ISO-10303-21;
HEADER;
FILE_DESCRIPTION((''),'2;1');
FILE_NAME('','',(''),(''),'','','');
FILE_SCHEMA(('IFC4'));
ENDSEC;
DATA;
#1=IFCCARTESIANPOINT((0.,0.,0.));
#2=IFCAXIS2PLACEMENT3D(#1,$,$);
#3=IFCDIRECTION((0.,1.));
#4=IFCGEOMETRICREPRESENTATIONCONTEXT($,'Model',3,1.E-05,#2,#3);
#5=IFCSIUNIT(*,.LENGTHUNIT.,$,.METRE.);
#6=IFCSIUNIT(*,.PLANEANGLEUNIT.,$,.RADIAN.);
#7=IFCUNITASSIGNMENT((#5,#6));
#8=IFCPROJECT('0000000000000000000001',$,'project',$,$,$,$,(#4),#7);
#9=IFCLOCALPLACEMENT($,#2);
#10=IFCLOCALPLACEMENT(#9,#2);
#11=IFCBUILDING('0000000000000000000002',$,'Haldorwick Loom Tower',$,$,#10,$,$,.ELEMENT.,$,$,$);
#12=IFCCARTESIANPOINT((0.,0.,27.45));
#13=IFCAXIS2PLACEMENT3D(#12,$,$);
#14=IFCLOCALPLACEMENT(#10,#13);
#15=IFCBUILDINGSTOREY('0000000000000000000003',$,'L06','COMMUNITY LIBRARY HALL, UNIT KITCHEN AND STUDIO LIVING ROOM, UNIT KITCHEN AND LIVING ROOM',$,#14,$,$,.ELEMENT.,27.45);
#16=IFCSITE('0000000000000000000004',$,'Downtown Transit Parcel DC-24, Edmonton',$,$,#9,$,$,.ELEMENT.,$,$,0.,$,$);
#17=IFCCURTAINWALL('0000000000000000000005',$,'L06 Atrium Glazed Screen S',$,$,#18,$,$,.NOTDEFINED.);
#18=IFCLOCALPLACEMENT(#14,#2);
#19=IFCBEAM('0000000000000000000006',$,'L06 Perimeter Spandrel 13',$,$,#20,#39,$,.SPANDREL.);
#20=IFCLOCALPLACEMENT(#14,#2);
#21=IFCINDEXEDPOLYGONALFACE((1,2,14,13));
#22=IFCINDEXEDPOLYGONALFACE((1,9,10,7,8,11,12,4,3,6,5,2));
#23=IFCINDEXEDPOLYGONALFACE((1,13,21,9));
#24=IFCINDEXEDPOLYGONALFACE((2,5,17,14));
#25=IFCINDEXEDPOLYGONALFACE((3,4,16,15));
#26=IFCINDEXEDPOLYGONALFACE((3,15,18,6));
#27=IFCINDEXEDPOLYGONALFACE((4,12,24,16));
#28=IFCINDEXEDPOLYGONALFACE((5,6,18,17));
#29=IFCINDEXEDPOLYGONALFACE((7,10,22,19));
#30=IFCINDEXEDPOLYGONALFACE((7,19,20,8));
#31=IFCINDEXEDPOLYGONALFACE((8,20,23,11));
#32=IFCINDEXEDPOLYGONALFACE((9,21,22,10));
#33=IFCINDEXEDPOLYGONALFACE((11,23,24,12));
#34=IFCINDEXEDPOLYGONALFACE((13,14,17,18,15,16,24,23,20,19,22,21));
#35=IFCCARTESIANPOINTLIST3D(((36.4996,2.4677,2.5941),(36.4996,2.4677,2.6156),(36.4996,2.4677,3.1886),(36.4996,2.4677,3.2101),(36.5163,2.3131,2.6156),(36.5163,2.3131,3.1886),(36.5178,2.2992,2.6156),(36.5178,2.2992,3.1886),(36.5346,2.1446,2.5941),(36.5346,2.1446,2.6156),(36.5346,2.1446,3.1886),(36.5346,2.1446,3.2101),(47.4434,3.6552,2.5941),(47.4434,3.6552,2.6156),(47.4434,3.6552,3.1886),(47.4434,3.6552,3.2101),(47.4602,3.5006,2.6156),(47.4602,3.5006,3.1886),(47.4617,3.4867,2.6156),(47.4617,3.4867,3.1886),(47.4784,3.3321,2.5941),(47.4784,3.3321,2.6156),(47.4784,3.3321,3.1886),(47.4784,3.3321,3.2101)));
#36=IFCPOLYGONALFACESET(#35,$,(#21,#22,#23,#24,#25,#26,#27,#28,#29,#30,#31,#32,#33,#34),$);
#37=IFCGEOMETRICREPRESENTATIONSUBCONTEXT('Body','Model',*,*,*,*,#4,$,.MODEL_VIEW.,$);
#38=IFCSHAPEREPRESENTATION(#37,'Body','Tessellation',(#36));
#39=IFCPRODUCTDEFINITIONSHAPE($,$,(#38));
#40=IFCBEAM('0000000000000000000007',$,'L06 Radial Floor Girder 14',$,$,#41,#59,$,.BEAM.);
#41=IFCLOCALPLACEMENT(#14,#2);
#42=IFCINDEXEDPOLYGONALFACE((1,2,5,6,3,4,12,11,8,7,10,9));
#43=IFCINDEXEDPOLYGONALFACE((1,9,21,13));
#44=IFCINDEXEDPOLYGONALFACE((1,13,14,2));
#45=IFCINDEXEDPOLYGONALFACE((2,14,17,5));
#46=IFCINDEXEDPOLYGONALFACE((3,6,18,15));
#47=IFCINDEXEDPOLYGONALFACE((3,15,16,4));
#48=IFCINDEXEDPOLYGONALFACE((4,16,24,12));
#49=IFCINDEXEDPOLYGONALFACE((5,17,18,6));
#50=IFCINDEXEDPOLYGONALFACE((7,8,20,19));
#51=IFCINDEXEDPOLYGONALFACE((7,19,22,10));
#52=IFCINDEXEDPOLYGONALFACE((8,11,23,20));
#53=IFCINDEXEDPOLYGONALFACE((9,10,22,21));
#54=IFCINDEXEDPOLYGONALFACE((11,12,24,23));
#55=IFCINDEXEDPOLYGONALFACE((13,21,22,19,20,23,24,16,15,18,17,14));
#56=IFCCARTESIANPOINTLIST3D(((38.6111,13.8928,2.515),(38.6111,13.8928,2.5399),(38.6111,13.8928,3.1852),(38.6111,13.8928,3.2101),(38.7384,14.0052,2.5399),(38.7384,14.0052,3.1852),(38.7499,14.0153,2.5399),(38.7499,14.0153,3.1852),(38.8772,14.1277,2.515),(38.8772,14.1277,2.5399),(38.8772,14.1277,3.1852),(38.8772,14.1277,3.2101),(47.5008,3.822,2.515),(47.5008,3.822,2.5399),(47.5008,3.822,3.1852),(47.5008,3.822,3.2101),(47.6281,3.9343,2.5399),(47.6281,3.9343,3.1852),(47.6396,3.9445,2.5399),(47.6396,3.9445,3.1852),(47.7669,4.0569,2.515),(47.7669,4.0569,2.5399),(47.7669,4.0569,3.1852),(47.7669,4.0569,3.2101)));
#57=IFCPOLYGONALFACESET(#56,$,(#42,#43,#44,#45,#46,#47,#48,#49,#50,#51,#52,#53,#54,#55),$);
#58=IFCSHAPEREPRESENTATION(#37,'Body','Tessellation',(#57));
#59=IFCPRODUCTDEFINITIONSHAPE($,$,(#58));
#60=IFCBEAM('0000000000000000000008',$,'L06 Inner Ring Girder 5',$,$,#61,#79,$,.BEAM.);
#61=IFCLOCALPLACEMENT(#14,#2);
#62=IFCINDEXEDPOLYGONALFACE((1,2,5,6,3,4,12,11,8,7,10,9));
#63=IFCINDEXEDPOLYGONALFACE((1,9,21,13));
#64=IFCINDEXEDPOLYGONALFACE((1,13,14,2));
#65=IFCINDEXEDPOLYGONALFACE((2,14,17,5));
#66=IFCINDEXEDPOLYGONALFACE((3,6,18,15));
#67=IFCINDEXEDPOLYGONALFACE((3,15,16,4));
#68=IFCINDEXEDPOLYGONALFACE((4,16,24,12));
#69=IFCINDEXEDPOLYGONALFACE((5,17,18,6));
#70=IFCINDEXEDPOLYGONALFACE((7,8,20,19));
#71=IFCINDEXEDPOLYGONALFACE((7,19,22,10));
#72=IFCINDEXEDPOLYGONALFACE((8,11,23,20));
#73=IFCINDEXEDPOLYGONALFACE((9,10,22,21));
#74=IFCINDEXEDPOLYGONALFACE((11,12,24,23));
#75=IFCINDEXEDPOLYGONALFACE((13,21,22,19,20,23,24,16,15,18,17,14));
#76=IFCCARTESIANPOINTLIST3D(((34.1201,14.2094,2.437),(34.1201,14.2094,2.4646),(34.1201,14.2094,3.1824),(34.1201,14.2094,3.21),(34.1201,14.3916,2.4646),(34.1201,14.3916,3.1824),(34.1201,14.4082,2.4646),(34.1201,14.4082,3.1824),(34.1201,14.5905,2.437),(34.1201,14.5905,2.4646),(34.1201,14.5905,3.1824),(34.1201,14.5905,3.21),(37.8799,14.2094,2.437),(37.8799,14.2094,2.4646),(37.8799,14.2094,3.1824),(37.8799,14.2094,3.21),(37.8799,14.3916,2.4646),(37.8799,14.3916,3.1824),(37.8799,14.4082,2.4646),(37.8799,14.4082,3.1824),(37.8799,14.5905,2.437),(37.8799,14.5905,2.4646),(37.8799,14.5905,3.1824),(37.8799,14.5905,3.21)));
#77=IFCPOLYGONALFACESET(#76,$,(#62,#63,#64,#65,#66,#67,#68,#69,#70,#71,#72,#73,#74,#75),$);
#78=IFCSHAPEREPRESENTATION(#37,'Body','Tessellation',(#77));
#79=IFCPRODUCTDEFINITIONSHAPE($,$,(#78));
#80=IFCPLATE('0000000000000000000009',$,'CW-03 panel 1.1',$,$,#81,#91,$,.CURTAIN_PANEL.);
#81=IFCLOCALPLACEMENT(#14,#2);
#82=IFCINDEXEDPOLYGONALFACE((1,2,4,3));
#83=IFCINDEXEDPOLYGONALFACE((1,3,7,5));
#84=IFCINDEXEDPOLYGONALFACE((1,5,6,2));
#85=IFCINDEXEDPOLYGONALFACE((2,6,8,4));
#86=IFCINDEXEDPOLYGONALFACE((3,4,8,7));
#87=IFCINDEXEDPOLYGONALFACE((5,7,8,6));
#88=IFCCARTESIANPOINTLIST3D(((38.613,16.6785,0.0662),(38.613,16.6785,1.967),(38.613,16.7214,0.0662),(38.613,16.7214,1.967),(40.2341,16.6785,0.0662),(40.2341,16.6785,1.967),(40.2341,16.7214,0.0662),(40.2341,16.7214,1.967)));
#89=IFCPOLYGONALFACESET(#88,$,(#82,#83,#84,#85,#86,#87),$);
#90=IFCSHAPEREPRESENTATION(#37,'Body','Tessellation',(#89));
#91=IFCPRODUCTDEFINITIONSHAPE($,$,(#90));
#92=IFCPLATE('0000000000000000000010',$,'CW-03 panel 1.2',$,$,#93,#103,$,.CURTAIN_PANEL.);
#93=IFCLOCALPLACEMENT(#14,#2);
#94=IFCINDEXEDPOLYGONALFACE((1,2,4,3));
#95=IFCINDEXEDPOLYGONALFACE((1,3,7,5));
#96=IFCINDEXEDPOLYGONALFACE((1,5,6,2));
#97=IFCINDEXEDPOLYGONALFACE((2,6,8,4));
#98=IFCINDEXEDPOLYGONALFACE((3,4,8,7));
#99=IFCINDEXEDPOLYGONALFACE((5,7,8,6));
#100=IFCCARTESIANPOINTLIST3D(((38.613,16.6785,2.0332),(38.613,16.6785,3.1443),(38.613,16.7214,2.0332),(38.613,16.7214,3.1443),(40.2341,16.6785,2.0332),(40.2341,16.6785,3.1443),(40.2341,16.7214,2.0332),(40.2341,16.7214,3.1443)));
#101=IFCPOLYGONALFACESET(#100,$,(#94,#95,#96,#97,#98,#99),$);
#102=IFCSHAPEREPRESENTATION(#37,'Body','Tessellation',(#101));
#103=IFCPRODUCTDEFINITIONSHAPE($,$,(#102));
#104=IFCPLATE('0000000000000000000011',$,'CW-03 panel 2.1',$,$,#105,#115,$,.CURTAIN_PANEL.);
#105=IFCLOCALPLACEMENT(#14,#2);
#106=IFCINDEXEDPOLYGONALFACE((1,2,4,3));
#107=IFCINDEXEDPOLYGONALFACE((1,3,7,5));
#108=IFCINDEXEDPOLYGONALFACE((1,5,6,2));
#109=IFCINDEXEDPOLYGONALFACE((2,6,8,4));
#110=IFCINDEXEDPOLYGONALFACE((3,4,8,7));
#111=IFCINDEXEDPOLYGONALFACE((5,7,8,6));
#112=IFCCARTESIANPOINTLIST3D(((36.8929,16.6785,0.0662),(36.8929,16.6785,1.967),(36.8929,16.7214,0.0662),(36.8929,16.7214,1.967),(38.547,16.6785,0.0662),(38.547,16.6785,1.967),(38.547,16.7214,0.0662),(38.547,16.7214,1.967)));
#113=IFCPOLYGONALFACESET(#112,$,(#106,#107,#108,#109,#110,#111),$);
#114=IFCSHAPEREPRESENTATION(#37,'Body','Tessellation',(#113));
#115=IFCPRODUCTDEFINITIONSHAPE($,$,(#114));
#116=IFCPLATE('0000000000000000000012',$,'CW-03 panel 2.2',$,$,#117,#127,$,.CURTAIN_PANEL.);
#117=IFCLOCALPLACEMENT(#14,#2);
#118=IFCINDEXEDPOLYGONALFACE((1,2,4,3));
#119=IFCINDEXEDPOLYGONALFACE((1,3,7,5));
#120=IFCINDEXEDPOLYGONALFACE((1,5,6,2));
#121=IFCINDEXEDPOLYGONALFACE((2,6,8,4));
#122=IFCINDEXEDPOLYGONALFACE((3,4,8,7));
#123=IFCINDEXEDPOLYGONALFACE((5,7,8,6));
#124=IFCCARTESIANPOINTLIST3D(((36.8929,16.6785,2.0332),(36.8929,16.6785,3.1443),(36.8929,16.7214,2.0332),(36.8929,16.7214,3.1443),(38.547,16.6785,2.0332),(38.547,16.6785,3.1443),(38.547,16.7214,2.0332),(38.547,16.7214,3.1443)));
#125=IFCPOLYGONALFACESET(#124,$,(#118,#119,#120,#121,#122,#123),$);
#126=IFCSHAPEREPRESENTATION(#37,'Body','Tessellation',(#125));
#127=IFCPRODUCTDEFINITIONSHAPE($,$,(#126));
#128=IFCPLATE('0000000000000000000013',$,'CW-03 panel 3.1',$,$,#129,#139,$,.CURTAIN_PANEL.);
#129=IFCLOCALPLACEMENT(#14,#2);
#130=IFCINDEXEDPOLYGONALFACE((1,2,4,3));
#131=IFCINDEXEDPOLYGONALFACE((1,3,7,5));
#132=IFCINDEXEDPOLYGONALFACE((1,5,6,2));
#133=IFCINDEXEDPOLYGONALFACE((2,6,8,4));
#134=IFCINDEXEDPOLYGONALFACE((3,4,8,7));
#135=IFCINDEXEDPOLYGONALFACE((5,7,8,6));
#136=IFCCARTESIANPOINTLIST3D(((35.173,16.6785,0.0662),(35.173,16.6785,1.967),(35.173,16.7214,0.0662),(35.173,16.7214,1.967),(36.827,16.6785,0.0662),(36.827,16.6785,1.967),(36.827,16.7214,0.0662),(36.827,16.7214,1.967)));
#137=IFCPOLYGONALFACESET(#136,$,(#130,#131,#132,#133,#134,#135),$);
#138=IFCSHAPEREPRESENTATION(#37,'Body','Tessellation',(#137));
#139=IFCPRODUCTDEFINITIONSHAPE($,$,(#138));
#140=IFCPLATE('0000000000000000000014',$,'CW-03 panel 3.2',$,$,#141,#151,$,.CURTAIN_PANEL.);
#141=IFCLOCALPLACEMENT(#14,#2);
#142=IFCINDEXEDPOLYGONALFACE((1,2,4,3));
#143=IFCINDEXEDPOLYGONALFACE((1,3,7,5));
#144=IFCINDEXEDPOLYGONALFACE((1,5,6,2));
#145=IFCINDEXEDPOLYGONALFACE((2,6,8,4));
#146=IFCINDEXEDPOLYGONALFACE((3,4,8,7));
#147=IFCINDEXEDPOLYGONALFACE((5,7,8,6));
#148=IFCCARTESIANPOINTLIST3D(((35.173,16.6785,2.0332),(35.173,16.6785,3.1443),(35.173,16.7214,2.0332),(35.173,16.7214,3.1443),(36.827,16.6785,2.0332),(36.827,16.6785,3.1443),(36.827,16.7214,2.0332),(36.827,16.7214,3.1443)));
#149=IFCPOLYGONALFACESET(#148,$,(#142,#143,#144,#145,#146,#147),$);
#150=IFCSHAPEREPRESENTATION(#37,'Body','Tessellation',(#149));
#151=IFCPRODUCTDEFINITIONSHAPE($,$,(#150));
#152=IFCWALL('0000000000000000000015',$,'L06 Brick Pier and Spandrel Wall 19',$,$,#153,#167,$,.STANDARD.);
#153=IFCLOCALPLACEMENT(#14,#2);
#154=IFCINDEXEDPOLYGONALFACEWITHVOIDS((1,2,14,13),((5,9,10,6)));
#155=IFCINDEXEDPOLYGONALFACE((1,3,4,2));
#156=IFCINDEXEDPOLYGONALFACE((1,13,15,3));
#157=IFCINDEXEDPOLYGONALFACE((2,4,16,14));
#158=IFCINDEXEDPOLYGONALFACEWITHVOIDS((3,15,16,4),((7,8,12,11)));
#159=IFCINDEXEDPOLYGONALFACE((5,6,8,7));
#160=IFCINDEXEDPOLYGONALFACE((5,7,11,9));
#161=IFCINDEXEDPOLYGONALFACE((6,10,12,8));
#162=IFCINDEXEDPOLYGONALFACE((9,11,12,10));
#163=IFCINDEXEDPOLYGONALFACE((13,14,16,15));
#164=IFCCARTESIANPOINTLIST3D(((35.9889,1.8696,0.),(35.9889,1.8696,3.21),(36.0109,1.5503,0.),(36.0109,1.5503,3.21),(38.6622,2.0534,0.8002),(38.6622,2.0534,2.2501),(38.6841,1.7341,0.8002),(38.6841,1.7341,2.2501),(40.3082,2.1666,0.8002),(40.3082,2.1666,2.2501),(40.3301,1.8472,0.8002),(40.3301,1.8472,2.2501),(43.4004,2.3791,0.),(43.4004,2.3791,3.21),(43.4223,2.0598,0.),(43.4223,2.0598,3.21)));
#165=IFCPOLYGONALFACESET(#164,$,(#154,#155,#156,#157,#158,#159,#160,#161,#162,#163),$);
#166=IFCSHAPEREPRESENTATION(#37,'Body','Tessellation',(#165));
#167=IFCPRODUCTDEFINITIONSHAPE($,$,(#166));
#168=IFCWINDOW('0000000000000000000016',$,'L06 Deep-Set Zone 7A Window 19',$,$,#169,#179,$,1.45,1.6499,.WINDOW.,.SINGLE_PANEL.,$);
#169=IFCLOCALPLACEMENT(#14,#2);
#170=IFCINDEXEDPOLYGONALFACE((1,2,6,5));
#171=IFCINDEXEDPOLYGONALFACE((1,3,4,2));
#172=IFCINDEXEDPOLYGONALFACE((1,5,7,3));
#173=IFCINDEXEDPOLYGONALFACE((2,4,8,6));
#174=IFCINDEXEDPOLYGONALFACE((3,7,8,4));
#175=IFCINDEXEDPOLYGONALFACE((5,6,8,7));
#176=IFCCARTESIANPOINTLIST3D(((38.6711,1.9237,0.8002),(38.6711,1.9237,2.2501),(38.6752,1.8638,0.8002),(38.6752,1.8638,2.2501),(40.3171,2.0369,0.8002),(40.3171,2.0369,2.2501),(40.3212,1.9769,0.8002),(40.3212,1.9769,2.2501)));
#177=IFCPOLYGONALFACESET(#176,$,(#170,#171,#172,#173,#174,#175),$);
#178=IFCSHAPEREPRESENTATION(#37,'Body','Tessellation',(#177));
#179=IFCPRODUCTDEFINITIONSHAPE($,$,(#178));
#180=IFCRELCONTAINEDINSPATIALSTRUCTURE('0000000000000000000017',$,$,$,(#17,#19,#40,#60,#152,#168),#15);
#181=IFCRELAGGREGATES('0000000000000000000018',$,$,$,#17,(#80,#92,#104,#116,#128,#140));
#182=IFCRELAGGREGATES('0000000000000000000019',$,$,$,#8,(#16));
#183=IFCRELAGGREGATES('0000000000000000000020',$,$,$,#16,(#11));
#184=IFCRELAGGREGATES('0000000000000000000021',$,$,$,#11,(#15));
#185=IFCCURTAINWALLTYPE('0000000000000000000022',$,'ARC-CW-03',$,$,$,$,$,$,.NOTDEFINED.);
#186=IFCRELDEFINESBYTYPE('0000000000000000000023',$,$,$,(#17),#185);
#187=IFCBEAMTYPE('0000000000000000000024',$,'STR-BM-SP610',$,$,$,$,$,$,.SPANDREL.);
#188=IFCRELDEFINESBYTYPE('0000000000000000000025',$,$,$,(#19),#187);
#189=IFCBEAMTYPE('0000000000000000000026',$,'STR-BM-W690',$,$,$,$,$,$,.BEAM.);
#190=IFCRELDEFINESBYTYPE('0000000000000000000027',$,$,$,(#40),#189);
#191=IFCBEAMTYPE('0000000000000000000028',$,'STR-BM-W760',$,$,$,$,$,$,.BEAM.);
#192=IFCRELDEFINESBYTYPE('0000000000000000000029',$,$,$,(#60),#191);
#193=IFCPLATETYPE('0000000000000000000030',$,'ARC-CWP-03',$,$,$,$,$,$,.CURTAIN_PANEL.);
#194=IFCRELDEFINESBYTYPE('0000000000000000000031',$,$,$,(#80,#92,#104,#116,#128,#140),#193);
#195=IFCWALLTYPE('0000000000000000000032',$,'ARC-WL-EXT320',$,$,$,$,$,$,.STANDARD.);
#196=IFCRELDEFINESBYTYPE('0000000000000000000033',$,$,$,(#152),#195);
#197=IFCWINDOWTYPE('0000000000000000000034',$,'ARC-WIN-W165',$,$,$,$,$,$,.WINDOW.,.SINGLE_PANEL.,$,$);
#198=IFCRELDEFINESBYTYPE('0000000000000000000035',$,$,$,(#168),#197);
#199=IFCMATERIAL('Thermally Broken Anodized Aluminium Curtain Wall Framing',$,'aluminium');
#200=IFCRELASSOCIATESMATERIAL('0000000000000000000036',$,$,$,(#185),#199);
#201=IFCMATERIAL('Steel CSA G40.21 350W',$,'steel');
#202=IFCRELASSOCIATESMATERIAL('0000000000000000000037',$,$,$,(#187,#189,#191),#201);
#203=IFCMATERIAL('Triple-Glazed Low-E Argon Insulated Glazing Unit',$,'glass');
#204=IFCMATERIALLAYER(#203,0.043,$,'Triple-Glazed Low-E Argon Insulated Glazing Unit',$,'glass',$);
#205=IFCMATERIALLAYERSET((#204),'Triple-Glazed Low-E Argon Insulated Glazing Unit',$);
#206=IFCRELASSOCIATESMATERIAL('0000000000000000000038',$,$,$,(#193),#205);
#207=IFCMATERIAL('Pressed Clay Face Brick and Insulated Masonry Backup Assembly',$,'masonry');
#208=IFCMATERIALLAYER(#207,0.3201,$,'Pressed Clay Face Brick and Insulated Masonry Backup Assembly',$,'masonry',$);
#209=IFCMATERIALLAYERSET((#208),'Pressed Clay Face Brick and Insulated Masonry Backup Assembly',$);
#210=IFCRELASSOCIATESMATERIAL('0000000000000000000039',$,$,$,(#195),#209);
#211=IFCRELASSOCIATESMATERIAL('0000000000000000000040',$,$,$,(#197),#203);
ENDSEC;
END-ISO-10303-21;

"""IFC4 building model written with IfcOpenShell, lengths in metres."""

from ifc_helpers import new_model, si_unit, direction, frame, frame_2d, origin, origin_2d, place, context, subcontext, project, spatial, rectangle, i_section, extrude, material, layer, layer_set, material_profile, profile_set, type_object, element, fill, aggregate, save


model = new_model("IFC4")

# Units and contexts
model_context = context("Model", 3, precision=1e-05, world=origin(), true_north=direction((0.0, 1.0)))
body_context = subcontext(model_context, "Body", "Model", "MODEL_VIEW")
ifc_project = project(units=[si_unit("LENGTHUNIT", "METRE"), si_unit("PLANEANGLEUNIT", "RADIAN")], contexts=[model_context])

# Site, building, storey
site_placement = place(None, origin())
site = spatial("IfcSite", under=ifc_project, at=site_placement, Name="Downtown Transit Parcel DC-24, Edmonton", CompositionType="ELEMENT", RefElevation=0.0)
building_placement = place(site_placement, origin())
building = spatial("IfcBuilding", under=site, at=building_placement, Name="Haldorwick Loom Tower", CompositionType="ELEMENT")
storey_placement = place(building_placement, frame((0.0, 0.0, 27.45)))
storey = spatial("IfcBuildingStorey", under=building, at=storey_placement, Name="L06", Description="COMMUNITY LIBRARY HALL, UNIT KITCHEN AND STUDIO LIVING ROOM, UNIT KITCHEN AND LIVING ROOM", CompositionType="ELEMENT", Elevation=27.45)

# Curtain wall
ifc_material_1 = material(Name="Thermally Broken Anodized Aluminium Curtain Wall Framing", Category="aluminium")
curtain_wall_type = type_object("IfcCurtainWallType", Name="ARC-CW-03", PredefinedType="NOTDEFINED", material=ifc_material_1)
curtain_wall_placement = place(storey_placement, origin())
curtain_wall = element("IfcCurtainWall", 1, at=curtain_wall_placement, inside=storey, type_object=curtain_wall_type, Name="L06 Atrium Glazed Screen S", PredefinedType="NOTDEFINED")

# Beams
ifc_material_2 = material(Name="Steel CSA G40.21 350W", Category="steel")
ifc_material_profile_1 = material_profile(ifc_material_2, i_section(OverallWidth=0.325, OverallDepth=0.616, WebThickness=0.0139, FlangeThickness=0.0215, at=origin_2d()), Name="W610X174", Category="steel")
ifc_profile_set_1 = profile_set([ifc_material_profile_1], Name="Steel CSA G40.21 350W")
beam_type_1 = type_object("IfcBeamType", Name="STR-BM-SP610", PredefinedType="SPANDREL", material=ifc_profile_set_1)
beam_1_placement = place(storey_placement, frame((36.5171, 2.3062, 2.9021), z_axis=(0.994164, 0.107875, 0.0), x_axis=(-0.107875, 0.994164, 0.0)))
element("IfcBeam", 2, at=beam_1_placement, inside=storey, type_object=beam_type_1, Name="L06 Perimeter Spandrel 13", PredefinedType="SPANDREL", context=body_context, shape_type="SweptSolid", body=[
    extrude(i_section(OverallWidth=0.325, OverallDepth=0.616, WebThickness=0.0139, FlangeThickness=0.0215, at=origin_2d()), origin(), (0.0, 0.0, 1.0), 11.0081),
])
ifc_material_profile_2 = material_profile(ifc_material_2, i_section(OverallWidth=0.355, OverallDepth=0.6951, WebThickness=0.0154, FlangeThickness=0.0249, at=origin_2d()), Name="W690X217", Category="steel")
ifc_profile_set_2 = profile_set([ifc_material_profile_2], Name="Steel CSA G40.21 350W")
beam_type_2 = type_object("IfcBeamType", Name="STR-BM-W690", PredefinedType="BEAM", material=ifc_profile_set_2)
beam_2_placement = place(storey_placement, frame((38.7441, 14.0103, 2.8625), z_axis=(0.661774, -0.749703, 0.0), x_axis=(0.749703, 0.661774, 0.0)))
element("IfcBeam", 3, at=beam_2_placement, inside=storey, type_object=beam_type_2, Name="L06 Radial Floor Girder 14", PredefinedType="BEAM", context=body_context, shape_type="SweptSolid", body=[
    extrude(i_section(OverallWidth=0.355, OverallDepth=0.6951, WebThickness=0.0154, FlangeThickness=0.0249, at=origin_2d()), origin(), (0.0, 0.0, 1.0), 13.4331),
])
ifc_material_profile_3 = material_profile(ifc_material_2, i_section(OverallWidth=0.3811, OverallDepth=0.7729, WebThickness=0.0166, FlangeThickness=0.0276, at=origin_2d()), Name="W760X257", Category="steel")
ifc_profile_set_3 = profile_set([ifc_material_profile_3], Name="Steel CSA G40.21 350W")
beam_type_3 = type_object("IfcBeamType", Name="STR-BM-W760", PredefinedType="BEAM", material=ifc_profile_set_3)
beam_3_placement = place(storey_placement, frame((37.8799, 14.3999, 2.8235), z_axis=(-1.0, 0.0, 0.0), x_axis=(0.0, -1.0, 0.0)))
element("IfcBeam", 4, at=beam_3_placement, inside=storey, type_object=beam_type_3, Name="L06 Inner Ring Girder 5", PredefinedType="BEAM", context=body_context, shape_type="SweptSolid", body=[
    extrude(i_section(OverallWidth=0.3811, OverallDepth=0.7729, WebThickness=0.0166, FlangeThickness=0.0276, at=origin_2d()), origin(), (0.0, 0.0, 1.0), 3.7598),
])

# Plates
ifc_material_3 = material(Name="Triple-Glazed Low-E Argon Insulated Glazing Unit", Category="glass")
ifc_layer_1 = layer(ifc_material_3, 0.043, Name="Triple-Glazed Low-E Argon Insulated Glazing Unit", Category="glass")
ifc_layer_set_1 = layer_set([ifc_layer_1], Name="Triple-Glazed Low-E Argon Insulated Glazing Unit")
plate_type = type_object("IfcPlateType", Name="ARC-CWP-03", PredefinedType="CURTAIN_PANEL", material=ifc_layer_set_1)
plate_1_placement = place(storey_placement, frame((39.4236, 16.7, 0.0662), z_axis=(0.0, 0.0, 1.0), x_axis=(-1.0, 0.0, 0.0)))
plate_1 = element("IfcPlate", 5, at=plate_1_placement, type_object=plate_type, Name="CW-03 panel 1.1", PredefinedType="CURTAIN_PANEL", context=body_context, shape_type="SweptSolid", body=[
    extrude(rectangle(XDim=1.6211, YDim=0.043, at=origin_2d()), origin(), (0.0, 0.0, 1.0), 1.9009),
])
plate_2_placement = place(storey_placement, frame((39.4236, 16.7, 2.0332), z_axis=(0.0, 0.0, 1.0), x_axis=(-1.0, 0.0, 0.0)))
plate_2 = element("IfcPlate", 6, at=plate_2_placement, type_object=plate_type, Name="CW-03 panel 1.2", PredefinedType="CURTAIN_PANEL", context=body_context, shape_type="SweptSolid", body=[
    extrude(rectangle(XDim=1.6211, YDim=0.043, at=origin_2d()), origin(), (0.0, 0.0, 1.0), 1.1111),
])
plate_3_placement = place(storey_placement, frame((37.72, 16.7, 0.0662), z_axis=(0.0, 0.0, 1.0), x_axis=(-1.0, 0.0, 0.0)))
plate_3 = element("IfcPlate", 7, at=plate_3_placement, type_object=plate_type, Name="CW-03 panel 2.1", PredefinedType="CURTAIN_PANEL", context=body_context, shape_type="SweptSolid", body=[
    extrude(rectangle(XDim=1.6541, YDim=0.043, at=origin_2d()), origin(), (0.0, 0.0, 1.0), 1.9009),
])
plate_4_placement = place(storey_placement, frame((37.72, 16.7, 2.0332), z_axis=(0.0, 0.0, 1.0), x_axis=(-1.0, 0.0, 0.0)))
plate_4 = element("IfcPlate", 8, at=plate_4_placement, type_object=plate_type, Name="CW-03 panel 2.2", PredefinedType="CURTAIN_PANEL", context=body_context, shape_type="SweptSolid", body=[
    extrude(rectangle(XDim=1.6541, YDim=0.043, at=origin_2d()), origin(), (0.0, 0.0, 1.0), 1.1111),
])
plate_5_placement = place(storey_placement, frame((36.0, 16.7, 0.0662), z_axis=(0.0, 0.0, 1.0), x_axis=(-1.0, 0.0, 0.0)))
plate_5 = element("IfcPlate", 9, at=plate_5_placement, type_object=plate_type, Name="CW-03 panel 3.1", PredefinedType="CURTAIN_PANEL", context=body_context, shape_type="SweptSolid", body=[
    extrude(rectangle(XDim=1.6541, YDim=0.043, at=origin_2d()), origin(), (0.0, 0.0, 1.0), 1.9009),
])
plate_6_placement = place(storey_placement, frame((36.0, 16.7, 2.0332), z_axis=(0.0, 0.0, 1.0), x_axis=(-1.0, 0.0, 0.0)))
plate_6 = element("IfcPlate", 10, at=plate_6_placement, type_object=plate_type, Name="CW-03 panel 3.2", PredefinedType="CURTAIN_PANEL", context=body_context, shape_type="SweptSolid", body=[
    extrude(rectangle(XDim=1.6541, YDim=0.043, at=origin_2d()), origin(), (0.0, 0.0, 1.0), 1.1111),
])
aggregate(curtain_wall, [plate_1, plate_2, plate_3, plate_4, plate_5, plate_6])

# Wall, opening, window
ifc_material_4 = material(Name="Pressed Clay Face Brick and Insulated Masonry Backup Assembly", Category="masonry")
ifc_layer_2 = layer(ifc_material_4, 0.3201, Name="Pressed Clay Face Brick and Insulated Masonry Backup Assembly", Category="masonry")
ifc_layer_set_2 = layer_set([ifc_layer_2], Name="Pressed Clay Face Brick and Insulated Masonry Backup Assembly")
wall_type_1 = type_object("IfcWallType", Name="ARC-WL-EXT320", PredefinedType="STANDARD", material=ifc_layer_set_2)
wall_1_placement = place(storey_placement, frame((36.0, 1.71, 0.0), z_axis=(0.0, 0.0, 1.0), x_axis=(0.997645, 0.068587, 0.0)))
wall_1 = element("IfcWall", 11, at=wall_1_placement, inside=storey, type_object=wall_type_1, Name="L06 Brick Pier and Spandrel Wall 19", PredefinedType="STANDARD", context=body_context, shape_type="SweptSolid", body=[
    extrude(rectangle(XDim=7.429, YDim=0.3201, at=frame_2d((3.7144, 0.0))), origin(), (0.0, 0.0, 1.0), 3.21),
])
opening_placement = place(wall_1_placement, frame((2.6794, 0.0, 0.8)))
opening = element("IfcOpeningElement", 12, at=opening_placement, cuts=wall_1, PredefinedType="OPENING", context=body_context, shape_type="SweptSolid", body=[
    extrude(rectangle(XDim=1.6499, YDim=1.45, at=frame_2d((0.825, 0.7251))), frame((0.0, 0.1699, 0.0), z_axis=(0.0, -1.0, 0.0), x_axis=(1.0, 0.0, 0.0)), (0.0, 0.0, 1.0), 0.3401),
])
window_type = type_object("IfcWindowType", Name="ARC-WIN-W165", PartitioningType="SINGLE_PANEL", PredefinedType="WINDOW", material=ifc_material_3)
window_placement = place(opening_placement, origin())
window = element("IfcWindow", 13, at=window_placement, inside=storey, type_object=window_type, Name="L06 Deep-Set Zone 7A Window 19", OverallHeight=1.45, OverallWidth=1.6499, PartitioningType="SINGLE_PANEL", PredefinedType="WINDOW", context=body_context, shape_type="SweptSolid", body=[
    extrude(rectangle(XDim=1.6499, YDim=1.45, at=frame_2d((0.825, 0.7251))), frame((0.0, 0.03, 0.0), z_axis=(0.0, -1.0, 0.0), x_axis=(1.0, 0.0, 0.0)), (0.0, 0.0, 1.0), 0.0601),
])
fill(opening, window)

save(model, "model.ifc")
